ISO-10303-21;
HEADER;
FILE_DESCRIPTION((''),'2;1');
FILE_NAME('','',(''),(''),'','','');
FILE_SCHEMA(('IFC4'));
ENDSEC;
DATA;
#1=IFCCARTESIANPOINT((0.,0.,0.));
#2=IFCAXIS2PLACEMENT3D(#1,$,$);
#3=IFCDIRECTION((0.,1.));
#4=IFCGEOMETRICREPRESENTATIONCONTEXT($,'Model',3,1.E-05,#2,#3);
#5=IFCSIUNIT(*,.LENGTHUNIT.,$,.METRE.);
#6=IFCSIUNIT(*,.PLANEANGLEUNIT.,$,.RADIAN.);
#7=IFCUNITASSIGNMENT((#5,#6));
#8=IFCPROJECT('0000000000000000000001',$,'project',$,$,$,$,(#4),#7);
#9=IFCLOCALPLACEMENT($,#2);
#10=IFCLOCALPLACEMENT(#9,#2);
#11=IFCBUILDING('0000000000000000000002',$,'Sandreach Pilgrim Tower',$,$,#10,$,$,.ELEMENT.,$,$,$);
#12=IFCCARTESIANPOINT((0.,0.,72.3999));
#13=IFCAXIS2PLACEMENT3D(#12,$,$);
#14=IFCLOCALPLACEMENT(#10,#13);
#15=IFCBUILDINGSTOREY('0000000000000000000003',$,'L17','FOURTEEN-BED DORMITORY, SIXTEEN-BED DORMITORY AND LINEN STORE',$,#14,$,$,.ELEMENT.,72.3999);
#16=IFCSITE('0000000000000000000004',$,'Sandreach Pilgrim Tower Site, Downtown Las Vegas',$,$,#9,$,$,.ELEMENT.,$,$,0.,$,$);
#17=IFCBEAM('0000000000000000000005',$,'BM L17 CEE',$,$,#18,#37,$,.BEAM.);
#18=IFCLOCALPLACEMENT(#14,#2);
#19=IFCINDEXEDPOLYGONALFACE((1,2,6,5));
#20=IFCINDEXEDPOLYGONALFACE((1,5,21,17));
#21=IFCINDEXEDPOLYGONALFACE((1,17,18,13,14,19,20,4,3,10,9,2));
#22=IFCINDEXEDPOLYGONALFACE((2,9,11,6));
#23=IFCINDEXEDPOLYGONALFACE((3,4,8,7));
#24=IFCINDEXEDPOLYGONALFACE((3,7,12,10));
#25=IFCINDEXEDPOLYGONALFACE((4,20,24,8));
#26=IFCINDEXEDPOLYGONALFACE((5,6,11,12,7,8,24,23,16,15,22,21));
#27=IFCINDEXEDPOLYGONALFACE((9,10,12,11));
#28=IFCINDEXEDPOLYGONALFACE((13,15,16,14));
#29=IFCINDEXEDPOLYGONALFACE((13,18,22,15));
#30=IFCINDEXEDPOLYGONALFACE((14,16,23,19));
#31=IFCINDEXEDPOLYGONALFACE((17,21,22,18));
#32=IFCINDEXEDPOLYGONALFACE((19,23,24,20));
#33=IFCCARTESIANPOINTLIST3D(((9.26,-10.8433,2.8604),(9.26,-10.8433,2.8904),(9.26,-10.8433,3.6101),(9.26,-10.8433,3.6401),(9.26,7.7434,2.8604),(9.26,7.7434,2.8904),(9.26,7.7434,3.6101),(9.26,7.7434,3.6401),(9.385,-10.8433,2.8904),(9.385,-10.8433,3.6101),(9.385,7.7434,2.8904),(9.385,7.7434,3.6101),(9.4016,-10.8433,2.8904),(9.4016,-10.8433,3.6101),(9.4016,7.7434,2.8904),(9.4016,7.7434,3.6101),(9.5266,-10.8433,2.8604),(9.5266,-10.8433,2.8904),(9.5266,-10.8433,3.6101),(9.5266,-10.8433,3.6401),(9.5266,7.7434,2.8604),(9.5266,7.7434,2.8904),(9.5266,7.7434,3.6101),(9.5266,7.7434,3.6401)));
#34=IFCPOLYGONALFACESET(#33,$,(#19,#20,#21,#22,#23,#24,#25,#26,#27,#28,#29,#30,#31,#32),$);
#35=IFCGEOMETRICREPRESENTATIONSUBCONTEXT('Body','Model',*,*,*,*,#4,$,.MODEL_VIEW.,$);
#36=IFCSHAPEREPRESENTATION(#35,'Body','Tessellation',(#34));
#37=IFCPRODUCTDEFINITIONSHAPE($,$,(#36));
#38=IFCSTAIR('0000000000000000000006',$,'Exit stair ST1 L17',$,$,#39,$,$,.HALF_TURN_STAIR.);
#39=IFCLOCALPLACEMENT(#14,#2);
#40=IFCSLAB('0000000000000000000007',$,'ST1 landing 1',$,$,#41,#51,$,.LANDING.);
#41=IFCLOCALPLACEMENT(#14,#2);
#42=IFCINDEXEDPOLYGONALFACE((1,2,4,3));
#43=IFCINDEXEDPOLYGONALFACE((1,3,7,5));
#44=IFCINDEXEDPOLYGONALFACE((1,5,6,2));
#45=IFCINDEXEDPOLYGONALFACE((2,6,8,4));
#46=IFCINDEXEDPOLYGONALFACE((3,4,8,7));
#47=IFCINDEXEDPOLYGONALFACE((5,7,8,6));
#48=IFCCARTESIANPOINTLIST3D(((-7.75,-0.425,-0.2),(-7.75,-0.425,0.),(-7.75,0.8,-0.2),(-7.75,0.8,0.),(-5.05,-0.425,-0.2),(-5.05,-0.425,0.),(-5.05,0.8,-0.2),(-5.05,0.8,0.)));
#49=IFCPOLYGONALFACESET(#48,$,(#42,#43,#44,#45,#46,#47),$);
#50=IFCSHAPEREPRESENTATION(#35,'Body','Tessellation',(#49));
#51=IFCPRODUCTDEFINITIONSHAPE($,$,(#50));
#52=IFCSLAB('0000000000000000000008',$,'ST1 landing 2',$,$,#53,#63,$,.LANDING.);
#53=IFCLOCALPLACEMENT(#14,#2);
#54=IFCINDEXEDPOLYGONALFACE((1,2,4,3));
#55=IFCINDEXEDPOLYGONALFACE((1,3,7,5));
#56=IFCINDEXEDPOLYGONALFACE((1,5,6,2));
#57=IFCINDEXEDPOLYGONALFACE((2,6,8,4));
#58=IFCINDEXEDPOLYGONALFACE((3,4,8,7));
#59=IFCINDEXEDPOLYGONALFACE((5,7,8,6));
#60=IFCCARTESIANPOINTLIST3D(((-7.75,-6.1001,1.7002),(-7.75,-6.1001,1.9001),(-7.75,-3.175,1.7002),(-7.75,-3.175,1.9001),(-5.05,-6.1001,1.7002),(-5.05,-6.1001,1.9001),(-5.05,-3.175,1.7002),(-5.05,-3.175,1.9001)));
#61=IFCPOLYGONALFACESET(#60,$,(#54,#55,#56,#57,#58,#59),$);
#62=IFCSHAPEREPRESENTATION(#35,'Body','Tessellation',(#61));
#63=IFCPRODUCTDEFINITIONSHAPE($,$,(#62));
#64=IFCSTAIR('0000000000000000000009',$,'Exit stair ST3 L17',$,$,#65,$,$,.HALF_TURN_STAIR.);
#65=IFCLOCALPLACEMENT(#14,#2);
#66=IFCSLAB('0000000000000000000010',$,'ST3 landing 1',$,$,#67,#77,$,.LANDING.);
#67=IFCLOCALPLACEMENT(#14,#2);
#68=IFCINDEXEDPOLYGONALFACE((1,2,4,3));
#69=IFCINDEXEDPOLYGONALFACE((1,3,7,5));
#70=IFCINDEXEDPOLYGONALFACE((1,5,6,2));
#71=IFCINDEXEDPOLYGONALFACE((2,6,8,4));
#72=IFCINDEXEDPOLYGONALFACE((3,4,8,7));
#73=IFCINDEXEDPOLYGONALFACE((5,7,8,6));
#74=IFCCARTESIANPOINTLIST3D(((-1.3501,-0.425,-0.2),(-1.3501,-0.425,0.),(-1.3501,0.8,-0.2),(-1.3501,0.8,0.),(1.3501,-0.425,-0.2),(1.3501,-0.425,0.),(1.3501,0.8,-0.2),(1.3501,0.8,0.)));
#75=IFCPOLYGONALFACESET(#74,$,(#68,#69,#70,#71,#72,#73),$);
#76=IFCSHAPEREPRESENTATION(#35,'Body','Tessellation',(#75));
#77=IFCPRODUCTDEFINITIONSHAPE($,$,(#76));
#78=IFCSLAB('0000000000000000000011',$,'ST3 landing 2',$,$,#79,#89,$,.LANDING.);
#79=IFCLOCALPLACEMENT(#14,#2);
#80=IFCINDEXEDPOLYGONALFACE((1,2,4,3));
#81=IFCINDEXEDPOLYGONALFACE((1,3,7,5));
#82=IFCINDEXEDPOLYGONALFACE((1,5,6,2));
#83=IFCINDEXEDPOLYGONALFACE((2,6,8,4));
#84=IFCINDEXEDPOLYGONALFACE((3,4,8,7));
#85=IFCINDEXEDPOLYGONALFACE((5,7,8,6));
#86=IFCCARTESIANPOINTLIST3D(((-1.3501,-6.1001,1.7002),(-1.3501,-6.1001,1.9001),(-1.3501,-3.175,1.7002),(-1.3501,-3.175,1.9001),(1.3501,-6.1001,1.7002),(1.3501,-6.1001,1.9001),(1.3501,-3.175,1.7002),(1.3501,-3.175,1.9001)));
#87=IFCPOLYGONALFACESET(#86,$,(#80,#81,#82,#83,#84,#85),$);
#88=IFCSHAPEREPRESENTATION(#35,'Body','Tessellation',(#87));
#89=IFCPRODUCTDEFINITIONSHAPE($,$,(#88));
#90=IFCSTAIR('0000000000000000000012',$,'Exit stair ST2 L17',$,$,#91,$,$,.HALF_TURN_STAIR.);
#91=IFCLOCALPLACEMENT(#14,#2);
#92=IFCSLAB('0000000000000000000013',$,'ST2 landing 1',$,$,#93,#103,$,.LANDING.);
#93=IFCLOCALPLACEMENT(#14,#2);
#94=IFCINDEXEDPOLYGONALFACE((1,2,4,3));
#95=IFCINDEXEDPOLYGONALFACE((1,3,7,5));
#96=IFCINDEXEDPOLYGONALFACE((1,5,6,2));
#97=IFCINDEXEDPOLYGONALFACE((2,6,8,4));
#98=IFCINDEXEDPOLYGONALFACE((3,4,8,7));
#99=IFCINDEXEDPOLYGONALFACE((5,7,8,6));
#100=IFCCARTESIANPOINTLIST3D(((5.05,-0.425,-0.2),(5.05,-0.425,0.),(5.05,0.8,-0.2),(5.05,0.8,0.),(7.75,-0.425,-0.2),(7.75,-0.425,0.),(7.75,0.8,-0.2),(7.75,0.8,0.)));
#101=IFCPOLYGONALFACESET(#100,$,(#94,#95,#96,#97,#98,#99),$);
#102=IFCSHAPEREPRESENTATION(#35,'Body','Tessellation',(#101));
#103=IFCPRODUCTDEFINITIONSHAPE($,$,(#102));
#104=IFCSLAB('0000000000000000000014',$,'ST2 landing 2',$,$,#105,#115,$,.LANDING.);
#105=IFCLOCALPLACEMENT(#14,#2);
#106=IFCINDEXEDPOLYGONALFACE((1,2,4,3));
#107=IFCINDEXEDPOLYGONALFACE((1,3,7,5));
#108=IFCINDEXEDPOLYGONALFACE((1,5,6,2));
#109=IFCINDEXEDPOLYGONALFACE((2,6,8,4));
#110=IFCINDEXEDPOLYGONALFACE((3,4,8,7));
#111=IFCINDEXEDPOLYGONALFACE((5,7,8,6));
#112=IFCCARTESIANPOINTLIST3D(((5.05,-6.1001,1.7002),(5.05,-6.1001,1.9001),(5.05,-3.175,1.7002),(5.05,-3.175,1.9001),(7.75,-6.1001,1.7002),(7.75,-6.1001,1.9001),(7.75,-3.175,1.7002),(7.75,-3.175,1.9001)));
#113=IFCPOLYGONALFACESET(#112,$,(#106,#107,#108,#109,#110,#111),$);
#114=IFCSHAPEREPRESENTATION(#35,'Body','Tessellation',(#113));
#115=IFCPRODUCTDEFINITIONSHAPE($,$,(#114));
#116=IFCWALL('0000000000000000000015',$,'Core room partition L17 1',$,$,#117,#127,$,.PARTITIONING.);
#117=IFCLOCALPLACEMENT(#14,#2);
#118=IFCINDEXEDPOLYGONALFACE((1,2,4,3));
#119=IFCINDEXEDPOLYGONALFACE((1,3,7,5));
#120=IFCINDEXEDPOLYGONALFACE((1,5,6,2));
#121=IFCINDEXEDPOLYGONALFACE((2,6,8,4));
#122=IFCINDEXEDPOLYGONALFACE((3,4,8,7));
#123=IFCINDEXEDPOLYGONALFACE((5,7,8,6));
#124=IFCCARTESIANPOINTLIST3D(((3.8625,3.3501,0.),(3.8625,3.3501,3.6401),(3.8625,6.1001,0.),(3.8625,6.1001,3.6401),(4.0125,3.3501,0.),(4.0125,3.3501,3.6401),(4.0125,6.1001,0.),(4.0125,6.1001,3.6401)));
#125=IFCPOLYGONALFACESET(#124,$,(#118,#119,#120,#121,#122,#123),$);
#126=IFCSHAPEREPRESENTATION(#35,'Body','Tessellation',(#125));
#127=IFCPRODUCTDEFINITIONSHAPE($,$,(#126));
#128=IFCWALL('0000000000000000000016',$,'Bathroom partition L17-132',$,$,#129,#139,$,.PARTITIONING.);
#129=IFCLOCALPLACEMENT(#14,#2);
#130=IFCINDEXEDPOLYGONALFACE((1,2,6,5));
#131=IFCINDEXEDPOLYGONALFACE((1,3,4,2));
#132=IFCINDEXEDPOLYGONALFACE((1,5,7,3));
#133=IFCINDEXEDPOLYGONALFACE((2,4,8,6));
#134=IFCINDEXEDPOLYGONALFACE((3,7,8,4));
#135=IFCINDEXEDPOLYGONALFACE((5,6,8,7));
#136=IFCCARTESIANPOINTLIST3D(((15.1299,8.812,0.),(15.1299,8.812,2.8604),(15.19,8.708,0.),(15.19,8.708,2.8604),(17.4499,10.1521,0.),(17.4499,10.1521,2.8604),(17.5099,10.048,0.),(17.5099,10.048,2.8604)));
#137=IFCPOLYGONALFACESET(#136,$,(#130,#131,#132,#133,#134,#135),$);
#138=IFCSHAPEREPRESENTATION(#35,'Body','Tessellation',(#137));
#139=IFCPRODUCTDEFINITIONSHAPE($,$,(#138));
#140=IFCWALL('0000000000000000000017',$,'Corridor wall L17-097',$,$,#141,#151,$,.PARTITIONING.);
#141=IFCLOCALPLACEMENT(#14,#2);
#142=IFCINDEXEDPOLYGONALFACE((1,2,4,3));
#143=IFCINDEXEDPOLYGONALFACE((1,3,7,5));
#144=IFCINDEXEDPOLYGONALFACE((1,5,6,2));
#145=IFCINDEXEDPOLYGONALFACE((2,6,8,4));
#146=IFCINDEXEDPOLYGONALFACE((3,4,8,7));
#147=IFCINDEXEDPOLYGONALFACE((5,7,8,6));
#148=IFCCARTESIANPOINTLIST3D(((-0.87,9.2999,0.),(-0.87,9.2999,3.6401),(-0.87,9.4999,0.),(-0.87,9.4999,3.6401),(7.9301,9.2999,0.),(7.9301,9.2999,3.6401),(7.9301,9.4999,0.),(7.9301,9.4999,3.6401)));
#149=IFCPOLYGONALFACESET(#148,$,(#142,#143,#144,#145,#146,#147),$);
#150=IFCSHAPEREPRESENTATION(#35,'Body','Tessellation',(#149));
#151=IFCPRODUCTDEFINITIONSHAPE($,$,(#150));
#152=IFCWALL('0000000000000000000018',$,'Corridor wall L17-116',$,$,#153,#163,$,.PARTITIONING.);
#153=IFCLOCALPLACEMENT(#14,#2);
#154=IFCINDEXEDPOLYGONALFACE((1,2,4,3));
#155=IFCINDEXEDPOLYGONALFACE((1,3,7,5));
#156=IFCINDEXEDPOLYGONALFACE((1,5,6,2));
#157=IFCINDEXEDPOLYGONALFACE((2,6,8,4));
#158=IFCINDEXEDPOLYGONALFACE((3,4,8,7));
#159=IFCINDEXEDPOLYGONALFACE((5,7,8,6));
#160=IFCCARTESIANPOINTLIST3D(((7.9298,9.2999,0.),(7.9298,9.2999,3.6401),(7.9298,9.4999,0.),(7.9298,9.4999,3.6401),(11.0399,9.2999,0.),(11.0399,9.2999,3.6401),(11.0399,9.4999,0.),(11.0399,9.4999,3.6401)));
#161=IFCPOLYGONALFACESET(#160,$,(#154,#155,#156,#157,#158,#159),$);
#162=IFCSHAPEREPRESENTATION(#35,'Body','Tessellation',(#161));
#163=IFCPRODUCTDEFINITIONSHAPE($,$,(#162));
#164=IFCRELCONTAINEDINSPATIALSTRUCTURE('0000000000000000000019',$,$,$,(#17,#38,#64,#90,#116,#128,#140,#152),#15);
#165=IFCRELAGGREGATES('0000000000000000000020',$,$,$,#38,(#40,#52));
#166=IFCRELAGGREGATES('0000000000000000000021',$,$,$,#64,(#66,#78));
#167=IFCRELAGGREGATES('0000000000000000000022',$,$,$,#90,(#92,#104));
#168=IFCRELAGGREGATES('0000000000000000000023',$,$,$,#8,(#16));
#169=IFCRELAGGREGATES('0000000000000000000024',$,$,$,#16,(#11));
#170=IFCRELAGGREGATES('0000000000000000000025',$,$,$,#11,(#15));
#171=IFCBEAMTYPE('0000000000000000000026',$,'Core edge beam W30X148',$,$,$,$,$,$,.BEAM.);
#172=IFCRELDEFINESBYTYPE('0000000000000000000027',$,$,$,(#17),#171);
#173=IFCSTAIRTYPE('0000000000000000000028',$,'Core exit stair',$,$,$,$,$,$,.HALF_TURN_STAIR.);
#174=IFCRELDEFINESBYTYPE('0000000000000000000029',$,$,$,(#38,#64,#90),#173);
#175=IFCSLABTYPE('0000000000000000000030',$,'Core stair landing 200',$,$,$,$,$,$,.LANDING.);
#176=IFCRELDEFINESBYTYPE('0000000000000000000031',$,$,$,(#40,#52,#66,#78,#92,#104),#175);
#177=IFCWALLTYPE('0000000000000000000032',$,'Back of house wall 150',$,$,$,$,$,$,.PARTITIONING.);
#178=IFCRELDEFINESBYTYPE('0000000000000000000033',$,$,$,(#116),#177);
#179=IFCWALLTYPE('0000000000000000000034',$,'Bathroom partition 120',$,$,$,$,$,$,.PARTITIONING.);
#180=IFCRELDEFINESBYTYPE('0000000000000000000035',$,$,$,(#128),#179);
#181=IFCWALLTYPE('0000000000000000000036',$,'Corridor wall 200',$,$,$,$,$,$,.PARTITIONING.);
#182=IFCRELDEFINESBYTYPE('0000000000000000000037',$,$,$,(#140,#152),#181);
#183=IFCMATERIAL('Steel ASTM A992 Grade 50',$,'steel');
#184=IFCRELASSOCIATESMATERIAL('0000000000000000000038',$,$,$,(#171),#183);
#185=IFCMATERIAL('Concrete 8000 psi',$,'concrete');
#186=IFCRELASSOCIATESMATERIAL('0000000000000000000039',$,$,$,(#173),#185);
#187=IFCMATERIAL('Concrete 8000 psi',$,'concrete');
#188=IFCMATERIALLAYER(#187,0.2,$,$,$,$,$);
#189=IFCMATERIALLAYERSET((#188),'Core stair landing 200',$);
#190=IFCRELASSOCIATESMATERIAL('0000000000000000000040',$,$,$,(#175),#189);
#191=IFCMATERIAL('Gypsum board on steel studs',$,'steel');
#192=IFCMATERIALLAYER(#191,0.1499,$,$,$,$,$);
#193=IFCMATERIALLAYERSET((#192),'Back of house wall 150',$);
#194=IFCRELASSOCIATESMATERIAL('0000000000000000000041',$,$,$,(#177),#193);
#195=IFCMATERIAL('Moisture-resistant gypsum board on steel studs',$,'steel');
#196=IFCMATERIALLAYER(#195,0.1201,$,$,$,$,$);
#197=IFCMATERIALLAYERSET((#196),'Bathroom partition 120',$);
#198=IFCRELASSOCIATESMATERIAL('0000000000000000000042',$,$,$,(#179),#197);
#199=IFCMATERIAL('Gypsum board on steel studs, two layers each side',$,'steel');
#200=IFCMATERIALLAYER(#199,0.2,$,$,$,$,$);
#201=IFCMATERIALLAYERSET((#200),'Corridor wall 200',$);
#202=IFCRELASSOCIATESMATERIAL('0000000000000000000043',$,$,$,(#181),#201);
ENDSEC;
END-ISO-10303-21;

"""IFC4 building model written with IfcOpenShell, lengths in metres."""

from ifc_helpers import new_model, si_unit, direction, frame, frame_2d, origin, origin_2d, place, context, subcontext, project, spatial, polyline, rectangle, i_section, outline, extrude, material, layer, layer_set, material_profile, profile_set, type_object, element, aggregate, save


model = new_model("IFC4")

# Units and contexts
model_context = context("Model", 3, precision=1e-05, world=origin(), true_north=direction((0.0, 1.0)))
body_context = subcontext(model_context, "Body", "Model", "MODEL_VIEW")
ifc_project = project(units=[si_unit("LENGTHUNIT", "METRE"), si_unit("PLANEANGLEUNIT", "RADIAN")], contexts=[model_context])

# Site, building, storey
site_placement = place(None, origin())
site = spatial("IfcSite", under=ifc_project, at=site_placement, Name="Sandreach Pilgrim Tower Site, Downtown Las Vegas", CompositionType="ELEMENT", RefElevation=0.0)
building_placement = place(site_placement, origin())
building = spatial("IfcBuilding", under=site, at=building_placement, Name="Sandreach Pilgrim Tower", CompositionType="ELEMENT")
storey_placement = place(building_placement, frame((0.0, 0.0, 72.3999)))
storey = spatial("IfcBuildingStorey", under=building, at=storey_placement, Name="L17", Description="FOURTEEN-BED DORMITORY, SIXTEEN-BED DORMITORY AND LINEN STORE", CompositionType="ELEMENT", Elevation=72.3999)

# Beam
ifc_material_1 = material(Name="Steel ASTM A992 Grade 50", Category="steel")
ifc_material_profile = material_profile(ifc_material_1, i_section(OverallWidth=0.2666, OverallDepth=0.7798, WebThickness=0.0166, FlangeThickness=0.03, at=origin_2d()), Name="W30X148")
ifc_profile_set = profile_set([ifc_material_profile], Name="Steel ASTM A992 Grade 50")
beam_type = type_object("IfcBeamType", Name="Core edge beam W30X148", PredefinedType="BEAM", material=ifc_profile_set)
beam_placement = place(storey_placement, frame((9.3933, 7.7434, 3.2502), z_axis=(0.0, -1.0, 0.0), x_axis=(1.0, 0.0, 0.0)))
element("IfcBeam", 1, at=beam_placement, inside=storey, type_object=beam_type, Name="BM L17 CEE", PredefinedType="BEAM", context=body_context, shape_type="SweptSolid", body=[
    extrude(i_section(OverallWidth=0.2666, OverallDepth=0.7798, WebThickness=0.0166, FlangeThickness=0.03, at=origin_2d()), origin(), (0.0, 0.0, 1.0), 18.5867),
])

# Stairs, slabs
ifc_material_2 = material(Name="Concrete 8000 psi", Category="concrete")
stair_type = type_object("IfcStairType", Name="Core exit stair", PredefinedType="HALF_TURN_STAIR", material=ifc_material_2)
stair_1_placement = place(storey_placement, origin())
stair_1 = element("IfcStair", 2, at=stair_1_placement, inside=storey, type_object=stair_type, Name="Exit stair ST1 L17", PredefinedType="HALF_TURN_STAIR")
ifc_material_3 = material(Name="Concrete 8000 psi", Category="concrete")
ifc_layer_1 = layer(ifc_material_3, 0.2)
ifc_layer_set_1 = layer_set([ifc_layer_1], Name="Core stair landing 200")
slab_type = type_object("IfcSlabType", Name="Core stair landing 200", PredefinedType="LANDING", material=ifc_layer_set_1)
slab_1_placement = place(storey_placement, frame((0.0, 0.0, -0.2)))
slab_1 = element("IfcSlab", 3, at=slab_1_placement, type_object=slab_type, Name="ST1 landing 1", PredefinedType="LANDING", context=body_context, shape_type="SweptSolid", body=[
    extrude(outline(polyline([(-7.75, -0.425), (-5.05, -0.425), (-5.05, 0.8), (-7.75, 0.8), (-7.75, -0.425)])), origin(), (0.0, 0.0, 1.0), 0.2),
])
slab_2_placement = place(storey_placement, frame((0.0, 0.0, 1.7002)))
slab_2 = element("IfcSlab", 4, at=slab_2_placement, type_object=slab_type, Name="ST1 landing 2", PredefinedType="LANDING", context=body_context, shape_type="SweptSolid", body=[
    extrude(outline(polyline([(-7.75, -6.1001), (-5.05, -6.1001), (-5.05, -3.175), (-7.75, -3.175), (-7.75, -6.1001)])), origin(), (0.0, 0.0, 1.0), 0.2),
])
aggregate(stair_1, [slab_1, slab_2])
stair_2_placement = place(storey_placement, origin())
stair_2 = element("IfcStair", 5, at=stair_2_placement, inside=storey, type_object=stair_type, Name="Exit stair ST3 L17", PredefinedType="HALF_TURN_STAIR")
slab_3_placement = place(storey_placement, frame((0.0, 0.0, -0.2)))
slab_3 = element("IfcSlab", 6, at=slab_3_placement, type_object=slab_type, Name="ST3 landing 1", PredefinedType="LANDING", context=body_context, shape_type="SweptSolid", body=[
    extrude(outline(polyline([(-1.3501, -0.425), (1.3501, -0.425), (1.3501, 0.8), (-1.3501, 0.8), (-1.3501, -0.425)])), origin(), (0.0, 0.0, 1.0), 0.2),
])
slab_4_placement = place(storey_placement, frame((0.0, 0.0, 1.7002)))
slab_4 = element("IfcSlab", 7, at=slab_4_placement, type_object=slab_type, Name="ST3 landing 2", PredefinedType="LANDING", context=body_context, shape_type="SweptSolid", body=[
    extrude(outline(polyline([(-1.3501, -6.1001), (1.3501, -6.1001), (1.3501, -3.175), (-1.3501, -3.175), (-1.3501, -6.1001)])), origin(), (0.0, 0.0, 1.0), 0.2),
])
aggregate(stair_2, [slab_3, slab_4])
stair_3_placement = place(storey_placement, origin())
stair_3 = element("IfcStair", 8, at=stair_3_placement, inside=storey, type_object=stair_type, Name="Exit stair ST2 L17", PredefinedType="HALF_TURN_STAIR")
slab_5_placement = place(storey_placement, frame((0.0, 0.0, -0.2)))
slab_5 = element("IfcSlab", 9, at=slab_5_placement, type_object=slab_type, Name="ST2 landing 1", PredefinedType="LANDING", context=body_context, shape_type="SweptSolid", body=[
    extrude(outline(polyline([(5.05, -0.425), (7.75, -0.425), (7.75, 0.8), (5.05, 0.8), (5.05, -0.425)])), origin(), (0.0, 0.0, 1.0), 0.2),
])
slab_6_placement = place(storey_placement, frame((0.0, 0.0, 1.7002)))
slab_6 = element("IfcSlab", 10, at=slab_6_placement, type_object=slab_type, Name="ST2 landing 2", PredefinedType="LANDING", context=body_context, shape_type="SweptSolid", body=[
    extrude(outline(polyline([(5.05, -6.1001), (7.75, -6.1001), (7.75, -3.175), (5.05, -3.175), (5.05, -6.1001)])), origin(), (0.0, 0.0, 1.0), 0.2),
])
aggregate(stair_3, [slab_5, slab_6])

# Walls
ifc_material_4 = material(Name="Gypsum board on steel studs", Category="steel")
ifc_layer_2 = layer(ifc_material_4, 0.1499)
ifc_layer_set_2 = layer_set([ifc_layer_2], Name="Back of house wall 150")
wall_type_1 = type_object("IfcWallType", Name="Back of house wall 150", PredefinedType="PARTITIONING", material=ifc_layer_set_2)
wall_1_placement = place(storey_placement, frame((3.9375, 3.3501, 0.0), z_axis=(0.0, 0.0, 1.0), x_axis=(0.0, 1.0, 0.0)))
element("IfcWall", 11, at=wall_1_placement, inside=storey, type_object=wall_type_1, Name="Core room partition L17 1", PredefinedType="PARTITIONING", context=body_context, shape_type="SweptSolid", body=[
    extrude(rectangle(XDim=2.75, YDim=0.1499, at=frame_2d((1.375, 0.0))), origin(), (0.0, 0.0, 1.0), 3.6401),
])
ifc_material_5 = material(Name="Moisture-resistant gypsum board on steel studs", Category="steel")
ifc_layer_3 = layer(ifc_material_5, 0.1201)
ifc_layer_set_3 = layer_set([ifc_layer_3], Name="Bathroom partition 120")
wall_type_2 = type_object("IfcWallType", Name="Bathroom partition 120", PredefinedType="PARTITIONING", material=ifc_layer_set_3)
wall_2_placement = place(storey_placement, frame((15.1599, 8.76, 0.0), z_axis=(0.0, 0.0, 1.0), x_axis=(0.865929, 0.500167, 0.0)))
element("IfcWall", 12, at=wall_2_placement, inside=storey, type_object=wall_type_2, Name="Bathroom partition L17-132", PredefinedType="PARTITIONING", context=body_context, shape_type="SweptSolid", body=[
    extrude(rectangle(XDim=2.6792, YDim=0.1201, at=frame_2d((1.3396, 0.0))), origin(), (0.0, 0.0, 1.0), 2.8604),
])

# Walls
ifc_material_6 = material(Name="Gypsum board on steel studs, two layers each side", Category="steel")
ifc_layer_4 = layer(ifc_material_6, 0.2)
ifc_layer_set_4 = layer_set([ifc_layer_4], Name="Corridor wall 200")
wall_type_3 = type_object("IfcWallType", Name="Corridor wall 200", PredefinedType="PARTITIONING", material=ifc_layer_set_4)
wall_3_placement = place(storey_placement, frame((7.9299, 9.3999, 0.0), z_axis=(0.0, 0.0, 1.0), x_axis=(-1.0, 0.0, 0.0)))
element("IfcWall", 13, at=wall_3_placement, inside=storey, type_object=wall_type_3, Name="Corridor wall L17-097", PredefinedType="PARTITIONING", context=body_context, shape_type="SweptSolid", body=[
    extrude(rectangle(XDim=8.8, YDim=0.2, at=frame_2d((4.3999, 0.0))), origin(), (0.0, 0.0, 1.0), 3.6401),
])
wall_4_placement = place(storey_placement, frame((11.04, 9.3999, 0.0), z_axis=(0.0, 0.0, 1.0), x_axis=(-1.0, 0.0, 0.0)))
element("IfcWall", 14, at=wall_4_placement, inside=storey, type_object=wall_type_3, Name="Corridor wall L17-116", PredefinedType="PARTITIONING", context=body_context, shape_type="SweptSolid", body=[
    extrude(rectangle(XDim=3.1101, YDim=0.2, at=frame_2d((1.5552, 0.0))), origin(), (0.0, 0.0, 1.0), 3.6401),
])

save(model, "model.ifc")
